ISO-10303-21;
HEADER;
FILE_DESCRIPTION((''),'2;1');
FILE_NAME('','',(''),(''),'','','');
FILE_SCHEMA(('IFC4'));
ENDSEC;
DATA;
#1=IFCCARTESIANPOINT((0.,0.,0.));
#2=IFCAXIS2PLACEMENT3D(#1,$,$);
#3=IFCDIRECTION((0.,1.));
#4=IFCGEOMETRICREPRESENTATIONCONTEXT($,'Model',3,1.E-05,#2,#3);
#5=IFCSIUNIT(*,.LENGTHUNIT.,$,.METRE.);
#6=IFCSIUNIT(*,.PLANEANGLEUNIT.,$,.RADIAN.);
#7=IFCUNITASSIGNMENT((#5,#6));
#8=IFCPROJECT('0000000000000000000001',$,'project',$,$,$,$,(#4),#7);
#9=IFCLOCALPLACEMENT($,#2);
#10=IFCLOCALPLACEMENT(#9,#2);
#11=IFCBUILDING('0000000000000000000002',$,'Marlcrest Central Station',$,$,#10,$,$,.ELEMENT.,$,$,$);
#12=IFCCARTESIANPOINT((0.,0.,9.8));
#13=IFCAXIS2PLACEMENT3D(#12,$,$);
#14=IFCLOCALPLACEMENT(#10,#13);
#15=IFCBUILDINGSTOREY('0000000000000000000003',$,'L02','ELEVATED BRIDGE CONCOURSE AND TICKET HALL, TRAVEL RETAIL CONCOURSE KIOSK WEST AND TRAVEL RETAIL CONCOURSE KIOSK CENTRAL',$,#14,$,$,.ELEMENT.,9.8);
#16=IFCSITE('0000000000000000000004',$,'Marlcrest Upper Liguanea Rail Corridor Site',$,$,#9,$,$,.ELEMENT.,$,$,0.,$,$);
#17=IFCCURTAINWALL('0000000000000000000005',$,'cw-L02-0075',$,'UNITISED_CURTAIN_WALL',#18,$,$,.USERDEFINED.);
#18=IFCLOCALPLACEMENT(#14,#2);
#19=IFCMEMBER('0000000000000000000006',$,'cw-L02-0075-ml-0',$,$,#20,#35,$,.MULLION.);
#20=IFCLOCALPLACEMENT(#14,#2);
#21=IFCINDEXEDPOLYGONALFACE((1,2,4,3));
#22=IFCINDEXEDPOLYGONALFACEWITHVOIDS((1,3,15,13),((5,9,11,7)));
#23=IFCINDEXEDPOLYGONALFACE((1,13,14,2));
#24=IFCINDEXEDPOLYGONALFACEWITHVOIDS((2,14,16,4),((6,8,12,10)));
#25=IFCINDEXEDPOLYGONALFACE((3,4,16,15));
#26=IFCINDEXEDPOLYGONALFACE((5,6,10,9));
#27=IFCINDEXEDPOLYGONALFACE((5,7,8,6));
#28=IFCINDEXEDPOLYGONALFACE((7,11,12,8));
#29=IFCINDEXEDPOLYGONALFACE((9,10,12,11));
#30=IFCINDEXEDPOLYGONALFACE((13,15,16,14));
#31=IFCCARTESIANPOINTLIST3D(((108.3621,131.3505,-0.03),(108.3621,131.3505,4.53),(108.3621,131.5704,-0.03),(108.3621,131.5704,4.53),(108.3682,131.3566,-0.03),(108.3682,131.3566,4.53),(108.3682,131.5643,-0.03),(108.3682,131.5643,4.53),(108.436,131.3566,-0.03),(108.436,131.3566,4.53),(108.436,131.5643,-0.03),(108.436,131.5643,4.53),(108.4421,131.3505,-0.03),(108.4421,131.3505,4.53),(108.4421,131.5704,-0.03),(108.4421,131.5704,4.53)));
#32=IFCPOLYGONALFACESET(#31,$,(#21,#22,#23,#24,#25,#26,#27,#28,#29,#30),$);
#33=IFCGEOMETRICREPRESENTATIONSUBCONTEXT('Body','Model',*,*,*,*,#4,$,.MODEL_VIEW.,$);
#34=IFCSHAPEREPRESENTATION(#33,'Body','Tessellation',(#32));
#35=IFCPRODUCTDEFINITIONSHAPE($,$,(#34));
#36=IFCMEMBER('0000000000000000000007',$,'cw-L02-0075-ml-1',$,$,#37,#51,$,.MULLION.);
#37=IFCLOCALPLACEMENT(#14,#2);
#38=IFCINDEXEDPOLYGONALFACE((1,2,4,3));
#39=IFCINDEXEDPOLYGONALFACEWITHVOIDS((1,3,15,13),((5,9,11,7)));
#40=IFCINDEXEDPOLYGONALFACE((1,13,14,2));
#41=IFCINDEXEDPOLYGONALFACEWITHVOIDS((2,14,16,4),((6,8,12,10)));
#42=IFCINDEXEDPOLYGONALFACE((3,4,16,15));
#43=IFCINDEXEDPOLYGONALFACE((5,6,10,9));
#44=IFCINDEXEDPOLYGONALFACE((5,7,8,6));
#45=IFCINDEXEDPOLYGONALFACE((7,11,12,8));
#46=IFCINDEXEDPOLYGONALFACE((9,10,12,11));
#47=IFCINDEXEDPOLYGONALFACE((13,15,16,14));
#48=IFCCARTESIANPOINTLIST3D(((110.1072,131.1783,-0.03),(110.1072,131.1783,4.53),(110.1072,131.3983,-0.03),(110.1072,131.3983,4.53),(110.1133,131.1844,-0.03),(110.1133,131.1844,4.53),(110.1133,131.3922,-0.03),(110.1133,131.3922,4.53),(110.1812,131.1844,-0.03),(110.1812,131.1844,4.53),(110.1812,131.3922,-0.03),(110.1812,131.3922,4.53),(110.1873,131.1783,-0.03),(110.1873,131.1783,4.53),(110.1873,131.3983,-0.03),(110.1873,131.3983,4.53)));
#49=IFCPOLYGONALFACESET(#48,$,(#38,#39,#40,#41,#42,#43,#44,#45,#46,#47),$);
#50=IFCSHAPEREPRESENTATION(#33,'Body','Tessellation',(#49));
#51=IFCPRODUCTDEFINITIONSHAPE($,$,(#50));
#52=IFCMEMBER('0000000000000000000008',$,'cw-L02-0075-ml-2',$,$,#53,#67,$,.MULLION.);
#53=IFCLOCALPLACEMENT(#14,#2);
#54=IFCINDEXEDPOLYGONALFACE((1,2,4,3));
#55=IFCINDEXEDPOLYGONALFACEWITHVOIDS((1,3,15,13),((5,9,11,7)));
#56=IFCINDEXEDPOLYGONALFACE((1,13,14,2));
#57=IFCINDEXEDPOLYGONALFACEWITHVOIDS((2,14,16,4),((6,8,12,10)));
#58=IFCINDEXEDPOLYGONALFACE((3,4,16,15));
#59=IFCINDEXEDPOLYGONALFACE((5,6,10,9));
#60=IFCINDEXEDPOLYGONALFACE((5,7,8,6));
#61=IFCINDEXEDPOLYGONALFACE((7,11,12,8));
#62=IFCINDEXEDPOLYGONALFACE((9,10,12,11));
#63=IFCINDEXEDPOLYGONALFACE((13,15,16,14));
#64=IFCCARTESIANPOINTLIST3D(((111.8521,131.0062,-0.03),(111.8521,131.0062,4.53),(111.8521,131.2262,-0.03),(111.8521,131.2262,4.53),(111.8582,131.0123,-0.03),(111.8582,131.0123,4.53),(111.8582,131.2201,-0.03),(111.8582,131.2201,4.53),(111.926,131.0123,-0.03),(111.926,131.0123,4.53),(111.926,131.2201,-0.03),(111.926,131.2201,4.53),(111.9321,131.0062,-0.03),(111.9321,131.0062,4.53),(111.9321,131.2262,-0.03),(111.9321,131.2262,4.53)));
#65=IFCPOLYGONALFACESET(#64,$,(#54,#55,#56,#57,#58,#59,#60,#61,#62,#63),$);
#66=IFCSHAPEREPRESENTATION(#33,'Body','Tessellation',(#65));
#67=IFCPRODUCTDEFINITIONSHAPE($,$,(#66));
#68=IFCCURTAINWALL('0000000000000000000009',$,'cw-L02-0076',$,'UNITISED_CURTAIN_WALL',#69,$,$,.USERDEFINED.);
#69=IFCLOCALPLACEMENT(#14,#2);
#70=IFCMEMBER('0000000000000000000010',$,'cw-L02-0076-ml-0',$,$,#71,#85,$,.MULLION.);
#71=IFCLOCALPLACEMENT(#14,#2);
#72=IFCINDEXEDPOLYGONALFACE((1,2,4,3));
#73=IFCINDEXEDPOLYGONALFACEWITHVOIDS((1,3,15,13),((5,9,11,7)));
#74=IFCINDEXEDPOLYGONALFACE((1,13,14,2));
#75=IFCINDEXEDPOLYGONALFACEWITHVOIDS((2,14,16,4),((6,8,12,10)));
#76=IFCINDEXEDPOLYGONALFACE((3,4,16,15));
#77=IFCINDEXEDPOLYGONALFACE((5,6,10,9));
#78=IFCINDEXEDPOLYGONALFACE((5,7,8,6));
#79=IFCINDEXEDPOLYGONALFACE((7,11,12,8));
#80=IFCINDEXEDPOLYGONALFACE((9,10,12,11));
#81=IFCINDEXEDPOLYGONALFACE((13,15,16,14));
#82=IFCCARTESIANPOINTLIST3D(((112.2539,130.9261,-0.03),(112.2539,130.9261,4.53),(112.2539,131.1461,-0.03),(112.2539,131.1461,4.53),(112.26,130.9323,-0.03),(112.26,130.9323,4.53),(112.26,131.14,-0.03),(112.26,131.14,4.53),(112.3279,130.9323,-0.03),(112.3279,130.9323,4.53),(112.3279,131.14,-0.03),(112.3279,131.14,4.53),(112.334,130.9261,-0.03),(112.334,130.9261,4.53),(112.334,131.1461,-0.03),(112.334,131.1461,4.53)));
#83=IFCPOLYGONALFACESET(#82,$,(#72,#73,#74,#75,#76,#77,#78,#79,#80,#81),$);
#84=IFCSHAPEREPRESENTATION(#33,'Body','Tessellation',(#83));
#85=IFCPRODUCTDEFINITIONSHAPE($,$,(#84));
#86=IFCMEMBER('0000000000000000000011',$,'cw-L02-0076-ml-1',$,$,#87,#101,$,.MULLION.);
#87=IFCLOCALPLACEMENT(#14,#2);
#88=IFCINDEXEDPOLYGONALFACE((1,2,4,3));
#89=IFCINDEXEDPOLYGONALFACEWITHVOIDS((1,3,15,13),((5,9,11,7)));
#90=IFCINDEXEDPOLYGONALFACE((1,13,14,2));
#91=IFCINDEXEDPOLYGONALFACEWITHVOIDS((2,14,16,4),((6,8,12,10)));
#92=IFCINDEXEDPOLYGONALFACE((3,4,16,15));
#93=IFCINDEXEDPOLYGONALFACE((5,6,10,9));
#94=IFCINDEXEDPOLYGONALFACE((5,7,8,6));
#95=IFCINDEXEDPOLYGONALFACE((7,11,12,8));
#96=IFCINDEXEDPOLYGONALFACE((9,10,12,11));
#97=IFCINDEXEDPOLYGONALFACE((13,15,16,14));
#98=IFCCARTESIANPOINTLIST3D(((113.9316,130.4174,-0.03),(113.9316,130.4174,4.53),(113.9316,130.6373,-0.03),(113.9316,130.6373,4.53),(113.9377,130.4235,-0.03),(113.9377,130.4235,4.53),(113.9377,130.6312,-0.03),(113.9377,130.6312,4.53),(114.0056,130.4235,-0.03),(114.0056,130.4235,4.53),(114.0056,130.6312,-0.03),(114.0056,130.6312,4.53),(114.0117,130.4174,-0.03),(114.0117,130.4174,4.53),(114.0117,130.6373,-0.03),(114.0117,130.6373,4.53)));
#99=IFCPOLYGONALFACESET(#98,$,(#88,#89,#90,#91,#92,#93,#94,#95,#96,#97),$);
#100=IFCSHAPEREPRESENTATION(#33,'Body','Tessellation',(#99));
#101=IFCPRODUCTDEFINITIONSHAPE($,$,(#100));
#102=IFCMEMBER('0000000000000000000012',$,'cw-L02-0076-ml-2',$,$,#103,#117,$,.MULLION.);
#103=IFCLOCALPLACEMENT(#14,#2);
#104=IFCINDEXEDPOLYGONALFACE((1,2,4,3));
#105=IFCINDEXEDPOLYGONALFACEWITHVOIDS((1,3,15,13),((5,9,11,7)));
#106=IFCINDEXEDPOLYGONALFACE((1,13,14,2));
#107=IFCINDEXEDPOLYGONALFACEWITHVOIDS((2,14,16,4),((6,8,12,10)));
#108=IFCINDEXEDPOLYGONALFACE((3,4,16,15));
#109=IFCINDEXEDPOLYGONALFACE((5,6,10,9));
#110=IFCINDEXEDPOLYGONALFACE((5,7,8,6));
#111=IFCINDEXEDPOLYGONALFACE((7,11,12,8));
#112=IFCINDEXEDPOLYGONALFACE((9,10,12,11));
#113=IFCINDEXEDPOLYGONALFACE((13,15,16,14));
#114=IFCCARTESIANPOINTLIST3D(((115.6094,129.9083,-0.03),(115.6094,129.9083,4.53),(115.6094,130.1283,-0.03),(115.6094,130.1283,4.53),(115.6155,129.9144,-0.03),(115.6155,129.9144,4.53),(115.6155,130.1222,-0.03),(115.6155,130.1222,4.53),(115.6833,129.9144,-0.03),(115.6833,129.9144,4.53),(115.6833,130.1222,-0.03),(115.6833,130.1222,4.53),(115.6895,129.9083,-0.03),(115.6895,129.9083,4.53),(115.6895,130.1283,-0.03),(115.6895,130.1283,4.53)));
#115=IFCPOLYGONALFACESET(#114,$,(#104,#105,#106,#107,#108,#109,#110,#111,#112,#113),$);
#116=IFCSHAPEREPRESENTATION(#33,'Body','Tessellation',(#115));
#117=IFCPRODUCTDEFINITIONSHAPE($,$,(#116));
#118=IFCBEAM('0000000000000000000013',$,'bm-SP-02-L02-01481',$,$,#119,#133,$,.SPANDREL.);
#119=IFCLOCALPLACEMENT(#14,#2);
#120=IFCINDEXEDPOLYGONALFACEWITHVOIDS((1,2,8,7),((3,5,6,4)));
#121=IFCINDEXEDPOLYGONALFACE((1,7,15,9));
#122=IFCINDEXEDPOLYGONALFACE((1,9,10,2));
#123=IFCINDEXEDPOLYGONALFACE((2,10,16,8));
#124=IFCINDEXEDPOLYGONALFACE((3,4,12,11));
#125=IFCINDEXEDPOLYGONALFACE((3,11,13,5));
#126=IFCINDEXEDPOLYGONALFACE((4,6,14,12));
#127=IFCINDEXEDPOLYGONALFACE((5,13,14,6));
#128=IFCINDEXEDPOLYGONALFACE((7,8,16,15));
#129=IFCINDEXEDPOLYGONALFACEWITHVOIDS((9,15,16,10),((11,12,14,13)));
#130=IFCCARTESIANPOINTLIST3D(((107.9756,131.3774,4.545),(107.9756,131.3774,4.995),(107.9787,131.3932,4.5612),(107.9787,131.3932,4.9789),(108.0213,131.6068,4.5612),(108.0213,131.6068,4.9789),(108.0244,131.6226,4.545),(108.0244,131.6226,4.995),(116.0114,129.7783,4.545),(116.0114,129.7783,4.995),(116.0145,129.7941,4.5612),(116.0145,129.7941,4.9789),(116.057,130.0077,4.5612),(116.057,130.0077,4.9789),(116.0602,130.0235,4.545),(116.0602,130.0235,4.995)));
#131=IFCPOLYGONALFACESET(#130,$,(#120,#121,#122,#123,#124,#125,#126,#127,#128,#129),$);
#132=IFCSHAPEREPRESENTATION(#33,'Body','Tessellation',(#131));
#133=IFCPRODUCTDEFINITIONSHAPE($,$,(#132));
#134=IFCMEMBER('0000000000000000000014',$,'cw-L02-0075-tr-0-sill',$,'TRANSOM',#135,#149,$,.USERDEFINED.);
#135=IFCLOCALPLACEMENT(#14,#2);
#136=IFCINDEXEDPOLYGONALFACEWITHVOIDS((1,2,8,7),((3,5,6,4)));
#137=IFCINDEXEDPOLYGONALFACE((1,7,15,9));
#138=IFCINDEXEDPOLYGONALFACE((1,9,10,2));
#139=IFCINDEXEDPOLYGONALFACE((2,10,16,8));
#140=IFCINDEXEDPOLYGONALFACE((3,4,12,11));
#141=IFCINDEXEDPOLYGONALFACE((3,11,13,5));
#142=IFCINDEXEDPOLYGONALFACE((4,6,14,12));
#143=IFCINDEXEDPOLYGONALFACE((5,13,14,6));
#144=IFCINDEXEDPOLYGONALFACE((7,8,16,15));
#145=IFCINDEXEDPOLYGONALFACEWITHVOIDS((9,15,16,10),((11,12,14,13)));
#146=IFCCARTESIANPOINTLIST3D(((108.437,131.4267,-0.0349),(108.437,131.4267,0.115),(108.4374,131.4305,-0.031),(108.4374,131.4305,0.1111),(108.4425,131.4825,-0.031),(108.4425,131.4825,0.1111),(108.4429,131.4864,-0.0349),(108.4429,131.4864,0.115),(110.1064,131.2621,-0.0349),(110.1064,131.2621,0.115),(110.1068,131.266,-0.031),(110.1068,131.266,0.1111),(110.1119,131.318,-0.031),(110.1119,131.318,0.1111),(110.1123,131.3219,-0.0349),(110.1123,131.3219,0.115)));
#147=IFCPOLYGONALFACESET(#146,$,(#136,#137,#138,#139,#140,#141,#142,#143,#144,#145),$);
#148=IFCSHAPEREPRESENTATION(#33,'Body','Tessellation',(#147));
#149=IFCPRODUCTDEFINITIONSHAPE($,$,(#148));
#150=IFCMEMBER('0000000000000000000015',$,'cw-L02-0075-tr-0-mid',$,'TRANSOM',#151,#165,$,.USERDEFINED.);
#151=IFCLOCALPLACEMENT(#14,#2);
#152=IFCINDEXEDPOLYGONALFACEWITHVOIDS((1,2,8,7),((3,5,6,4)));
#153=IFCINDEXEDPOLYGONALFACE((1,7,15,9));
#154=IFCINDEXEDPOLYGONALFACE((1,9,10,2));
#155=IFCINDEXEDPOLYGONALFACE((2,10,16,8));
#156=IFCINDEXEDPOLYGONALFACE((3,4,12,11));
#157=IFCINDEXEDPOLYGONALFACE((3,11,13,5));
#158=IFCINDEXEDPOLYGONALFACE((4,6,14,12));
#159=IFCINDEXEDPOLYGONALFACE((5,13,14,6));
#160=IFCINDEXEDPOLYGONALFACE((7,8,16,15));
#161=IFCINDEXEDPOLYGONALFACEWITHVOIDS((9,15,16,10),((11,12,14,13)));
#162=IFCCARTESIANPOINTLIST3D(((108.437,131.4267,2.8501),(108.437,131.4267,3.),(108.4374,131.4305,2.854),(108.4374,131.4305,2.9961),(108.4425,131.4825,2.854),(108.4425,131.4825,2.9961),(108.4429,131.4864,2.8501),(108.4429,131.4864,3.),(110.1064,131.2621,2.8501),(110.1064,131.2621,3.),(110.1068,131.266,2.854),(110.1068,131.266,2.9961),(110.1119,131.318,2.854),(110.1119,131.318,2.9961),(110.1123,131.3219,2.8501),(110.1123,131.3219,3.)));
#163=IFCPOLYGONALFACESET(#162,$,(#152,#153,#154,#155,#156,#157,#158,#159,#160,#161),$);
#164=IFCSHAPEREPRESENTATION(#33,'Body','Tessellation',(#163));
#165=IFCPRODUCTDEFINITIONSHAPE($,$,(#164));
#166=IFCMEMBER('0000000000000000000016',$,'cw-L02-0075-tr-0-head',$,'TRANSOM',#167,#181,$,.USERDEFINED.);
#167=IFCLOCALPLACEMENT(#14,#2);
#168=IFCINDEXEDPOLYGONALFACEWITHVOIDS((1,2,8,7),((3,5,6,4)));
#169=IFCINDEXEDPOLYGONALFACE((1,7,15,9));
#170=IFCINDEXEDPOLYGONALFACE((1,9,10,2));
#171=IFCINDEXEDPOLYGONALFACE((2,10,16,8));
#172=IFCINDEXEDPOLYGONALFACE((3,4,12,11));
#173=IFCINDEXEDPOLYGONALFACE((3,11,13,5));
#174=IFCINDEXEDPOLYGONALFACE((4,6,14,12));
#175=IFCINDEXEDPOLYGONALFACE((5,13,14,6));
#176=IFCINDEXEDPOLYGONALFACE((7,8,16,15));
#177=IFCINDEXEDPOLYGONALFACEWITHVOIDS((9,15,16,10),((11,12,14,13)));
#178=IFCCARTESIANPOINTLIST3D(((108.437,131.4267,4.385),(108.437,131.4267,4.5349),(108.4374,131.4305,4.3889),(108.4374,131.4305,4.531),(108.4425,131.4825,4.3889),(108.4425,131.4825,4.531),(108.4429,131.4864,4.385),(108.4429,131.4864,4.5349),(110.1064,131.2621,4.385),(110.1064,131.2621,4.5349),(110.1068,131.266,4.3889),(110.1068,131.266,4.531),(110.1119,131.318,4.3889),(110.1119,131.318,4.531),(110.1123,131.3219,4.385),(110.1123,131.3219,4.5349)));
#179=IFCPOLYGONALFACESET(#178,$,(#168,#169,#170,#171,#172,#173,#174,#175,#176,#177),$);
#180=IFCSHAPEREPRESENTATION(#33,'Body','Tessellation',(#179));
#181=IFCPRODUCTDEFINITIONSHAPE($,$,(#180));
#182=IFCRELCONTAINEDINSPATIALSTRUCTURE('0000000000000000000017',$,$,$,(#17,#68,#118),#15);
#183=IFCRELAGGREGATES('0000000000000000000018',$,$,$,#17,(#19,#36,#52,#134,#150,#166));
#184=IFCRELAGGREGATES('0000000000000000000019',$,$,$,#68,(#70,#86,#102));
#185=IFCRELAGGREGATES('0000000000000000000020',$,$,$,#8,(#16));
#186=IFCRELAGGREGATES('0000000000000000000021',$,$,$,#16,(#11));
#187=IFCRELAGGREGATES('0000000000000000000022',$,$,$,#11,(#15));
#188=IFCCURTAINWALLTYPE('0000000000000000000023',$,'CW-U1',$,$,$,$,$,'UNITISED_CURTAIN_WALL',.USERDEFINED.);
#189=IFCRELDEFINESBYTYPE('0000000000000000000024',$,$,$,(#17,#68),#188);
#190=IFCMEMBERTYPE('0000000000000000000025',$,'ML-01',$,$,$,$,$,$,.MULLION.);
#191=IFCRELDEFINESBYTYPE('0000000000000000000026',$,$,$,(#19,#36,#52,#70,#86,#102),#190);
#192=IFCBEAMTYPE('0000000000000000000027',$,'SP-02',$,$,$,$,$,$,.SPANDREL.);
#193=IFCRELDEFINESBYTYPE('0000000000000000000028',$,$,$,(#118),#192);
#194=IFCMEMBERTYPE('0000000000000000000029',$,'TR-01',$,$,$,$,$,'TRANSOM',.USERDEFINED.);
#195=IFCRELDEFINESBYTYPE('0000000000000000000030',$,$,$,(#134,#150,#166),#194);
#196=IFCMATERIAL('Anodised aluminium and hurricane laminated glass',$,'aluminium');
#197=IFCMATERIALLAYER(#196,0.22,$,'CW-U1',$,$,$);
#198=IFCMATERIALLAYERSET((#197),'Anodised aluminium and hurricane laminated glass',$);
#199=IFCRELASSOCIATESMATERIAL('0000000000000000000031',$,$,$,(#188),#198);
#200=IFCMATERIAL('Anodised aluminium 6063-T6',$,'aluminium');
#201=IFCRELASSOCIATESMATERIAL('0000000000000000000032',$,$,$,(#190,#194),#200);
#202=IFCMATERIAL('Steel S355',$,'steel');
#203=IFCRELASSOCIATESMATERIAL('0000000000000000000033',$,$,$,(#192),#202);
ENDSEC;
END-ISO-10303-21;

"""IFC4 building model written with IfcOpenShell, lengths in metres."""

from ifc_helpers import new_model, si_unit, direction, frame, origin, origin_2d, place, context, subcontext, project, spatial, hollow_rectangle, extrude, material, layer, layer_set, material_profile, profile_set, type_object, element, aggregate, save


model = new_model("IFC4")

# Units and contexts
model_context = context("Model", 3, precision=1e-05, world=origin(), true_north=direction((0.0, 1.0)))
body_context = subcontext(model_context, "Body", "Model", "MODEL_VIEW")
ifc_project = project(units=[si_unit("LENGTHUNIT", "METRE"), si_unit("PLANEANGLEUNIT", "RADIAN")], contexts=[model_context])

# Site, building, storey
site_placement = place(None, origin())
site = spatial("IfcSite", under=ifc_project, at=site_placement, Name="Marlcrest Upper Liguanea Rail Corridor Site", CompositionType="ELEMENT", RefElevation=0.0)
building_placement = place(site_placement, origin())
building = spatial("IfcBuilding", under=site, at=building_placement, Name="Marlcrest Central Station", CompositionType="ELEMENT")
storey_placement = place(building_placement, frame((0.0, 0.0, 9.8)))
storey = spatial("IfcBuildingStorey", under=building, at=storey_placement, Name="L02", Description="ELEVATED BRIDGE CONCOURSE AND TICKET HALL, TRAVEL RETAIL CONCOURSE KIOSK WEST AND TRAVEL RETAIL CONCOURSE KIOSK CENTRAL", CompositionType="ELEMENT", Elevation=9.8)

# Curtain walls, members
ifc_material_1 = material(Name="Anodised aluminium and hurricane laminated glass", Category="aluminium")
ifc_layer_1 = layer(ifc_material_1, 0.22, Name="CW-U1")
ifc_layer_set_1 = layer_set([ifc_layer_1], Name="Anodised aluminium and hurricane laminated glass")
curtain_wall_type = type_object("IfcCurtainWallType", Name="CW-U1", ElementType="UNITISED_CURTAIN_WALL", PredefinedType="USERDEFINED", material=ifc_layer_set_1)
curtain_wall_1_placement = place(storey_placement, origin())
curtain_wall_1 = element("IfcCurtainWall", 1, at=curtain_wall_1_placement, inside=storey, type_object=curtain_wall_type, Name="cw-L02-0075", ObjectType="UNITISED_CURTAIN_WALL", PredefinedType="USERDEFINED")
ifc_material_2 = material(Name="Anodised aluminium 6063-T6", Category="aluminium")
ifc_material_profile_1 = material_profile(ifc_material_2, hollow_rectangle(XDim=0.0801, YDim=0.22, WallThickness=0.0061, at=origin_2d()), Name="AA-RHS 220x80x6")
ifc_profile_set_1 = profile_set([ifc_material_profile_1], Name="Anodised aluminium 6063-T6")
member_type_1 = type_object("IfcMemberType", Name="ML-01", PredefinedType="MULLION", material=ifc_profile_set_1)
member_1_placement = place(storey_placement, frame((108.4021, 131.4604, -0.03), z_axis=(0.0, 0.0, 1.0), x_axis=(1.0, 0.0, 0.0)))
member_1 = element("IfcMember", 2, at=member_1_placement, type_object=member_type_1, Name="cw-L02-0075-ml-0", PredefinedType="MULLION", context=body_context, shape_type="SweptSolid", body=[
    extrude(hollow_rectangle(XDim=0.0801, YDim=0.22, WallThickness=0.0061, at=origin_2d()), origin(), (0.0, 0.0, 1.0), 4.5601),
])
member_2_placement = place(storey_placement, frame((110.1472, 131.2883, -0.03), z_axis=(0.0, 0.0, 1.0), x_axis=(1.0, 0.0, 0.0)))
member_2 = element("IfcMember", 3, at=member_2_placement, type_object=member_type_1, Name="cw-L02-0075-ml-1", PredefinedType="MULLION", context=body_context, shape_type="SweptSolid", body=[
    extrude(hollow_rectangle(XDim=0.0801, YDim=0.22, WallThickness=0.0061, at=origin_2d()), origin(), (0.0, 0.0, 1.0), 4.5601),
])
member_3_placement = place(storey_placement, frame((111.8921, 131.1162, -0.03), z_axis=(0.0, 0.0, 1.0), x_axis=(1.0, 0.0, 0.0)))
member_3 = element("IfcMember", 4, at=member_3_placement, type_object=member_type_1, Name="cw-L02-0075-ml-2", PredefinedType="MULLION", context=body_context, shape_type="SweptSolid", body=[
    extrude(hollow_rectangle(XDim=0.0801, YDim=0.22, WallThickness=0.0061, at=origin_2d()), origin(), (0.0, 0.0, 1.0), 4.5601),
])
curtain_wall_2_placement = place(storey_placement, origin())
curtain_wall_2 = element("IfcCurtainWall", 5, at=curtain_wall_2_placement, inside=storey, type_object=curtain_wall_type, Name="cw-L02-0076", ObjectType="UNITISED_CURTAIN_WALL", PredefinedType="USERDEFINED")
member_4_placement = place(storey_placement, frame((112.2939, 131.0361, -0.03), z_axis=(0.0, 0.0, 1.0), x_axis=(1.0, 0.0, 0.0)))
member_4 = element("IfcMember", 6, at=member_4_placement, type_object=member_type_1, Name="cw-L02-0076-ml-0", PredefinedType="MULLION", context=body_context, shape_type="SweptSolid", body=[
    extrude(hollow_rectangle(XDim=0.0801, YDim=0.22, WallThickness=0.0061, at=origin_2d()), origin(), (0.0, 0.0, 1.0), 4.5601),
])
member_5_placement = place(storey_placement, frame((113.9717, 130.5273, -0.03), z_axis=(0.0, 0.0, 1.0), x_axis=(1.0, 0.0, 0.0)))
member_5 = element("IfcMember", 7, at=member_5_placement, type_object=member_type_1, Name="cw-L02-0076-ml-1", PredefinedType="MULLION", context=body_context, shape_type="SweptSolid", body=[
    extrude(hollow_rectangle(XDim=0.0801, YDim=0.22, WallThickness=0.0061, at=origin_2d()), origin(), (0.0, 0.0, 1.0), 4.5601),
])
member_6_placement = place(storey_placement, frame((115.6494, 130.0183, -0.03), z_axis=(0.0, 0.0, 1.0), x_axis=(1.0, 0.0, 0.0)))
member_6 = element("IfcMember", 8, at=member_6_placement, type_object=member_type_1, Name="cw-L02-0076-ml-2", PredefinedType="MULLION", context=body_context, shape_type="SweptSolid", body=[
    extrude(hollow_rectangle(XDim=0.0801, YDim=0.22, WallThickness=0.0061, at=origin_2d()), origin(), (0.0, 0.0, 1.0), 4.5601),
])

# Beam
ifc_material_3 = material(Name="Steel S355", Category="steel")
ifc_material_profile_2 = material_profile(ifc_material_3, hollow_rectangle(XDim=0.25, YDim=0.45, WallThickness=0.0161, at=origin_2d()), Name="RHS 450x250x16")
ifc_profile_set_2 = profile_set([ifc_material_profile_2], Name="Steel S355")
beam_type = type_object("IfcBeamType", Name="SP-02", PredefinedType="SPANDREL", material=ifc_profile_set_2)
beam_placement = place(storey_placement, frame((108.0, 131.5, 4.77), z_axis=(0.980769, -0.195171, 0.0), x_axis=(0.195171, 0.980769, 0.0)))
element("IfcBeam", 9, at=beam_placement, inside=storey, type_object=beam_type, Name="bm-SP-02-L02-01481", PredefinedType="SPANDREL", context=body_context, shape_type="SweptSolid", body=[
    extrude(hollow_rectangle(XDim=0.25, YDim=0.45, WallThickness=0.0161, at=origin_2d()), origin(), (0.0, 0.0, 1.0), 8.1934),
])

# Members
ifc_material_profile_3 = material_profile(ifc_material_2, hollow_rectangle(XDim=0.0601, YDim=0.1499, WallThickness=0.0039, at=origin_2d()), Name="AA-RHS 150x60x4")
ifc_profile_set_3 = profile_set([ifc_material_profile_3], Name="Anodised aluminium 6063-T6")
member_type_2 = type_object("IfcMemberType", Name="TR-01", ElementType="TRANSOM", PredefinedType="USERDEFINED", material=ifc_profile_set_3)
member_7_placement = place(storey_placement, frame((108.4399, 131.4565, 0.04), z_axis=(0.995177, -0.098091, 0.0), x_axis=(0.098091, 0.995177, 0.0)))
member_7 = element("IfcMember", 10, at=member_7_placement, type_object=member_type_2, Name="cw-L02-0075-tr-0-sill", ObjectType="TRANSOM", PredefinedType="USERDEFINED", context=body_context, shape_type="SweptSolid", body=[
    extrude(hollow_rectangle(XDim=0.0601, YDim=0.1499, WallThickness=0.0039, at=origin_2d()), origin(), (0.0, 0.0, 1.0), 1.6775),
])
member_8_placement = place(storey_placement, frame((108.4399, 131.4565, 2.925), z_axis=(0.995177, -0.098091, 0.0), x_axis=(0.098091, 0.995177, 0.0)))
member_8 = element("IfcMember", 11, at=member_8_placement, type_object=member_type_2, Name="cw-L02-0075-tr-0-mid", ObjectType="TRANSOM", PredefinedType="USERDEFINED", context=body_context, shape_type="SweptSolid", body=[
    extrude(hollow_rectangle(XDim=0.0601, YDim=0.1499, WallThickness=0.0039, at=origin_2d()), origin(), (0.0, 0.0, 1.0), 1.6775),
])
member_9_placement = place(storey_placement, frame((108.4399, 131.4565, 4.46), z_axis=(0.995177, -0.098091, 0.0), x_axis=(0.098091, 0.995177, 0.0)))
member_9 = element("IfcMember", 12, at=member_9_placement, type_object=member_type_2, Name="cw-L02-0075-tr-0-head", ObjectType="TRANSOM", PredefinedType="USERDEFINED", context=body_context, shape_type="SweptSolid", body=[
    extrude(hollow_rectangle(XDim=0.0601, YDim=0.1499, WallThickness=0.0039, at=origin_2d()), origin(), (0.0, 0.0, 1.0), 1.6775),
])

aggregate(curtain_wall_1, [member_1, member_2, member_3, member_7, member_8, member_9])
aggregate(curtain_wall_2, [member_4, member_5, member_6])

save(model, "model.ifc")
